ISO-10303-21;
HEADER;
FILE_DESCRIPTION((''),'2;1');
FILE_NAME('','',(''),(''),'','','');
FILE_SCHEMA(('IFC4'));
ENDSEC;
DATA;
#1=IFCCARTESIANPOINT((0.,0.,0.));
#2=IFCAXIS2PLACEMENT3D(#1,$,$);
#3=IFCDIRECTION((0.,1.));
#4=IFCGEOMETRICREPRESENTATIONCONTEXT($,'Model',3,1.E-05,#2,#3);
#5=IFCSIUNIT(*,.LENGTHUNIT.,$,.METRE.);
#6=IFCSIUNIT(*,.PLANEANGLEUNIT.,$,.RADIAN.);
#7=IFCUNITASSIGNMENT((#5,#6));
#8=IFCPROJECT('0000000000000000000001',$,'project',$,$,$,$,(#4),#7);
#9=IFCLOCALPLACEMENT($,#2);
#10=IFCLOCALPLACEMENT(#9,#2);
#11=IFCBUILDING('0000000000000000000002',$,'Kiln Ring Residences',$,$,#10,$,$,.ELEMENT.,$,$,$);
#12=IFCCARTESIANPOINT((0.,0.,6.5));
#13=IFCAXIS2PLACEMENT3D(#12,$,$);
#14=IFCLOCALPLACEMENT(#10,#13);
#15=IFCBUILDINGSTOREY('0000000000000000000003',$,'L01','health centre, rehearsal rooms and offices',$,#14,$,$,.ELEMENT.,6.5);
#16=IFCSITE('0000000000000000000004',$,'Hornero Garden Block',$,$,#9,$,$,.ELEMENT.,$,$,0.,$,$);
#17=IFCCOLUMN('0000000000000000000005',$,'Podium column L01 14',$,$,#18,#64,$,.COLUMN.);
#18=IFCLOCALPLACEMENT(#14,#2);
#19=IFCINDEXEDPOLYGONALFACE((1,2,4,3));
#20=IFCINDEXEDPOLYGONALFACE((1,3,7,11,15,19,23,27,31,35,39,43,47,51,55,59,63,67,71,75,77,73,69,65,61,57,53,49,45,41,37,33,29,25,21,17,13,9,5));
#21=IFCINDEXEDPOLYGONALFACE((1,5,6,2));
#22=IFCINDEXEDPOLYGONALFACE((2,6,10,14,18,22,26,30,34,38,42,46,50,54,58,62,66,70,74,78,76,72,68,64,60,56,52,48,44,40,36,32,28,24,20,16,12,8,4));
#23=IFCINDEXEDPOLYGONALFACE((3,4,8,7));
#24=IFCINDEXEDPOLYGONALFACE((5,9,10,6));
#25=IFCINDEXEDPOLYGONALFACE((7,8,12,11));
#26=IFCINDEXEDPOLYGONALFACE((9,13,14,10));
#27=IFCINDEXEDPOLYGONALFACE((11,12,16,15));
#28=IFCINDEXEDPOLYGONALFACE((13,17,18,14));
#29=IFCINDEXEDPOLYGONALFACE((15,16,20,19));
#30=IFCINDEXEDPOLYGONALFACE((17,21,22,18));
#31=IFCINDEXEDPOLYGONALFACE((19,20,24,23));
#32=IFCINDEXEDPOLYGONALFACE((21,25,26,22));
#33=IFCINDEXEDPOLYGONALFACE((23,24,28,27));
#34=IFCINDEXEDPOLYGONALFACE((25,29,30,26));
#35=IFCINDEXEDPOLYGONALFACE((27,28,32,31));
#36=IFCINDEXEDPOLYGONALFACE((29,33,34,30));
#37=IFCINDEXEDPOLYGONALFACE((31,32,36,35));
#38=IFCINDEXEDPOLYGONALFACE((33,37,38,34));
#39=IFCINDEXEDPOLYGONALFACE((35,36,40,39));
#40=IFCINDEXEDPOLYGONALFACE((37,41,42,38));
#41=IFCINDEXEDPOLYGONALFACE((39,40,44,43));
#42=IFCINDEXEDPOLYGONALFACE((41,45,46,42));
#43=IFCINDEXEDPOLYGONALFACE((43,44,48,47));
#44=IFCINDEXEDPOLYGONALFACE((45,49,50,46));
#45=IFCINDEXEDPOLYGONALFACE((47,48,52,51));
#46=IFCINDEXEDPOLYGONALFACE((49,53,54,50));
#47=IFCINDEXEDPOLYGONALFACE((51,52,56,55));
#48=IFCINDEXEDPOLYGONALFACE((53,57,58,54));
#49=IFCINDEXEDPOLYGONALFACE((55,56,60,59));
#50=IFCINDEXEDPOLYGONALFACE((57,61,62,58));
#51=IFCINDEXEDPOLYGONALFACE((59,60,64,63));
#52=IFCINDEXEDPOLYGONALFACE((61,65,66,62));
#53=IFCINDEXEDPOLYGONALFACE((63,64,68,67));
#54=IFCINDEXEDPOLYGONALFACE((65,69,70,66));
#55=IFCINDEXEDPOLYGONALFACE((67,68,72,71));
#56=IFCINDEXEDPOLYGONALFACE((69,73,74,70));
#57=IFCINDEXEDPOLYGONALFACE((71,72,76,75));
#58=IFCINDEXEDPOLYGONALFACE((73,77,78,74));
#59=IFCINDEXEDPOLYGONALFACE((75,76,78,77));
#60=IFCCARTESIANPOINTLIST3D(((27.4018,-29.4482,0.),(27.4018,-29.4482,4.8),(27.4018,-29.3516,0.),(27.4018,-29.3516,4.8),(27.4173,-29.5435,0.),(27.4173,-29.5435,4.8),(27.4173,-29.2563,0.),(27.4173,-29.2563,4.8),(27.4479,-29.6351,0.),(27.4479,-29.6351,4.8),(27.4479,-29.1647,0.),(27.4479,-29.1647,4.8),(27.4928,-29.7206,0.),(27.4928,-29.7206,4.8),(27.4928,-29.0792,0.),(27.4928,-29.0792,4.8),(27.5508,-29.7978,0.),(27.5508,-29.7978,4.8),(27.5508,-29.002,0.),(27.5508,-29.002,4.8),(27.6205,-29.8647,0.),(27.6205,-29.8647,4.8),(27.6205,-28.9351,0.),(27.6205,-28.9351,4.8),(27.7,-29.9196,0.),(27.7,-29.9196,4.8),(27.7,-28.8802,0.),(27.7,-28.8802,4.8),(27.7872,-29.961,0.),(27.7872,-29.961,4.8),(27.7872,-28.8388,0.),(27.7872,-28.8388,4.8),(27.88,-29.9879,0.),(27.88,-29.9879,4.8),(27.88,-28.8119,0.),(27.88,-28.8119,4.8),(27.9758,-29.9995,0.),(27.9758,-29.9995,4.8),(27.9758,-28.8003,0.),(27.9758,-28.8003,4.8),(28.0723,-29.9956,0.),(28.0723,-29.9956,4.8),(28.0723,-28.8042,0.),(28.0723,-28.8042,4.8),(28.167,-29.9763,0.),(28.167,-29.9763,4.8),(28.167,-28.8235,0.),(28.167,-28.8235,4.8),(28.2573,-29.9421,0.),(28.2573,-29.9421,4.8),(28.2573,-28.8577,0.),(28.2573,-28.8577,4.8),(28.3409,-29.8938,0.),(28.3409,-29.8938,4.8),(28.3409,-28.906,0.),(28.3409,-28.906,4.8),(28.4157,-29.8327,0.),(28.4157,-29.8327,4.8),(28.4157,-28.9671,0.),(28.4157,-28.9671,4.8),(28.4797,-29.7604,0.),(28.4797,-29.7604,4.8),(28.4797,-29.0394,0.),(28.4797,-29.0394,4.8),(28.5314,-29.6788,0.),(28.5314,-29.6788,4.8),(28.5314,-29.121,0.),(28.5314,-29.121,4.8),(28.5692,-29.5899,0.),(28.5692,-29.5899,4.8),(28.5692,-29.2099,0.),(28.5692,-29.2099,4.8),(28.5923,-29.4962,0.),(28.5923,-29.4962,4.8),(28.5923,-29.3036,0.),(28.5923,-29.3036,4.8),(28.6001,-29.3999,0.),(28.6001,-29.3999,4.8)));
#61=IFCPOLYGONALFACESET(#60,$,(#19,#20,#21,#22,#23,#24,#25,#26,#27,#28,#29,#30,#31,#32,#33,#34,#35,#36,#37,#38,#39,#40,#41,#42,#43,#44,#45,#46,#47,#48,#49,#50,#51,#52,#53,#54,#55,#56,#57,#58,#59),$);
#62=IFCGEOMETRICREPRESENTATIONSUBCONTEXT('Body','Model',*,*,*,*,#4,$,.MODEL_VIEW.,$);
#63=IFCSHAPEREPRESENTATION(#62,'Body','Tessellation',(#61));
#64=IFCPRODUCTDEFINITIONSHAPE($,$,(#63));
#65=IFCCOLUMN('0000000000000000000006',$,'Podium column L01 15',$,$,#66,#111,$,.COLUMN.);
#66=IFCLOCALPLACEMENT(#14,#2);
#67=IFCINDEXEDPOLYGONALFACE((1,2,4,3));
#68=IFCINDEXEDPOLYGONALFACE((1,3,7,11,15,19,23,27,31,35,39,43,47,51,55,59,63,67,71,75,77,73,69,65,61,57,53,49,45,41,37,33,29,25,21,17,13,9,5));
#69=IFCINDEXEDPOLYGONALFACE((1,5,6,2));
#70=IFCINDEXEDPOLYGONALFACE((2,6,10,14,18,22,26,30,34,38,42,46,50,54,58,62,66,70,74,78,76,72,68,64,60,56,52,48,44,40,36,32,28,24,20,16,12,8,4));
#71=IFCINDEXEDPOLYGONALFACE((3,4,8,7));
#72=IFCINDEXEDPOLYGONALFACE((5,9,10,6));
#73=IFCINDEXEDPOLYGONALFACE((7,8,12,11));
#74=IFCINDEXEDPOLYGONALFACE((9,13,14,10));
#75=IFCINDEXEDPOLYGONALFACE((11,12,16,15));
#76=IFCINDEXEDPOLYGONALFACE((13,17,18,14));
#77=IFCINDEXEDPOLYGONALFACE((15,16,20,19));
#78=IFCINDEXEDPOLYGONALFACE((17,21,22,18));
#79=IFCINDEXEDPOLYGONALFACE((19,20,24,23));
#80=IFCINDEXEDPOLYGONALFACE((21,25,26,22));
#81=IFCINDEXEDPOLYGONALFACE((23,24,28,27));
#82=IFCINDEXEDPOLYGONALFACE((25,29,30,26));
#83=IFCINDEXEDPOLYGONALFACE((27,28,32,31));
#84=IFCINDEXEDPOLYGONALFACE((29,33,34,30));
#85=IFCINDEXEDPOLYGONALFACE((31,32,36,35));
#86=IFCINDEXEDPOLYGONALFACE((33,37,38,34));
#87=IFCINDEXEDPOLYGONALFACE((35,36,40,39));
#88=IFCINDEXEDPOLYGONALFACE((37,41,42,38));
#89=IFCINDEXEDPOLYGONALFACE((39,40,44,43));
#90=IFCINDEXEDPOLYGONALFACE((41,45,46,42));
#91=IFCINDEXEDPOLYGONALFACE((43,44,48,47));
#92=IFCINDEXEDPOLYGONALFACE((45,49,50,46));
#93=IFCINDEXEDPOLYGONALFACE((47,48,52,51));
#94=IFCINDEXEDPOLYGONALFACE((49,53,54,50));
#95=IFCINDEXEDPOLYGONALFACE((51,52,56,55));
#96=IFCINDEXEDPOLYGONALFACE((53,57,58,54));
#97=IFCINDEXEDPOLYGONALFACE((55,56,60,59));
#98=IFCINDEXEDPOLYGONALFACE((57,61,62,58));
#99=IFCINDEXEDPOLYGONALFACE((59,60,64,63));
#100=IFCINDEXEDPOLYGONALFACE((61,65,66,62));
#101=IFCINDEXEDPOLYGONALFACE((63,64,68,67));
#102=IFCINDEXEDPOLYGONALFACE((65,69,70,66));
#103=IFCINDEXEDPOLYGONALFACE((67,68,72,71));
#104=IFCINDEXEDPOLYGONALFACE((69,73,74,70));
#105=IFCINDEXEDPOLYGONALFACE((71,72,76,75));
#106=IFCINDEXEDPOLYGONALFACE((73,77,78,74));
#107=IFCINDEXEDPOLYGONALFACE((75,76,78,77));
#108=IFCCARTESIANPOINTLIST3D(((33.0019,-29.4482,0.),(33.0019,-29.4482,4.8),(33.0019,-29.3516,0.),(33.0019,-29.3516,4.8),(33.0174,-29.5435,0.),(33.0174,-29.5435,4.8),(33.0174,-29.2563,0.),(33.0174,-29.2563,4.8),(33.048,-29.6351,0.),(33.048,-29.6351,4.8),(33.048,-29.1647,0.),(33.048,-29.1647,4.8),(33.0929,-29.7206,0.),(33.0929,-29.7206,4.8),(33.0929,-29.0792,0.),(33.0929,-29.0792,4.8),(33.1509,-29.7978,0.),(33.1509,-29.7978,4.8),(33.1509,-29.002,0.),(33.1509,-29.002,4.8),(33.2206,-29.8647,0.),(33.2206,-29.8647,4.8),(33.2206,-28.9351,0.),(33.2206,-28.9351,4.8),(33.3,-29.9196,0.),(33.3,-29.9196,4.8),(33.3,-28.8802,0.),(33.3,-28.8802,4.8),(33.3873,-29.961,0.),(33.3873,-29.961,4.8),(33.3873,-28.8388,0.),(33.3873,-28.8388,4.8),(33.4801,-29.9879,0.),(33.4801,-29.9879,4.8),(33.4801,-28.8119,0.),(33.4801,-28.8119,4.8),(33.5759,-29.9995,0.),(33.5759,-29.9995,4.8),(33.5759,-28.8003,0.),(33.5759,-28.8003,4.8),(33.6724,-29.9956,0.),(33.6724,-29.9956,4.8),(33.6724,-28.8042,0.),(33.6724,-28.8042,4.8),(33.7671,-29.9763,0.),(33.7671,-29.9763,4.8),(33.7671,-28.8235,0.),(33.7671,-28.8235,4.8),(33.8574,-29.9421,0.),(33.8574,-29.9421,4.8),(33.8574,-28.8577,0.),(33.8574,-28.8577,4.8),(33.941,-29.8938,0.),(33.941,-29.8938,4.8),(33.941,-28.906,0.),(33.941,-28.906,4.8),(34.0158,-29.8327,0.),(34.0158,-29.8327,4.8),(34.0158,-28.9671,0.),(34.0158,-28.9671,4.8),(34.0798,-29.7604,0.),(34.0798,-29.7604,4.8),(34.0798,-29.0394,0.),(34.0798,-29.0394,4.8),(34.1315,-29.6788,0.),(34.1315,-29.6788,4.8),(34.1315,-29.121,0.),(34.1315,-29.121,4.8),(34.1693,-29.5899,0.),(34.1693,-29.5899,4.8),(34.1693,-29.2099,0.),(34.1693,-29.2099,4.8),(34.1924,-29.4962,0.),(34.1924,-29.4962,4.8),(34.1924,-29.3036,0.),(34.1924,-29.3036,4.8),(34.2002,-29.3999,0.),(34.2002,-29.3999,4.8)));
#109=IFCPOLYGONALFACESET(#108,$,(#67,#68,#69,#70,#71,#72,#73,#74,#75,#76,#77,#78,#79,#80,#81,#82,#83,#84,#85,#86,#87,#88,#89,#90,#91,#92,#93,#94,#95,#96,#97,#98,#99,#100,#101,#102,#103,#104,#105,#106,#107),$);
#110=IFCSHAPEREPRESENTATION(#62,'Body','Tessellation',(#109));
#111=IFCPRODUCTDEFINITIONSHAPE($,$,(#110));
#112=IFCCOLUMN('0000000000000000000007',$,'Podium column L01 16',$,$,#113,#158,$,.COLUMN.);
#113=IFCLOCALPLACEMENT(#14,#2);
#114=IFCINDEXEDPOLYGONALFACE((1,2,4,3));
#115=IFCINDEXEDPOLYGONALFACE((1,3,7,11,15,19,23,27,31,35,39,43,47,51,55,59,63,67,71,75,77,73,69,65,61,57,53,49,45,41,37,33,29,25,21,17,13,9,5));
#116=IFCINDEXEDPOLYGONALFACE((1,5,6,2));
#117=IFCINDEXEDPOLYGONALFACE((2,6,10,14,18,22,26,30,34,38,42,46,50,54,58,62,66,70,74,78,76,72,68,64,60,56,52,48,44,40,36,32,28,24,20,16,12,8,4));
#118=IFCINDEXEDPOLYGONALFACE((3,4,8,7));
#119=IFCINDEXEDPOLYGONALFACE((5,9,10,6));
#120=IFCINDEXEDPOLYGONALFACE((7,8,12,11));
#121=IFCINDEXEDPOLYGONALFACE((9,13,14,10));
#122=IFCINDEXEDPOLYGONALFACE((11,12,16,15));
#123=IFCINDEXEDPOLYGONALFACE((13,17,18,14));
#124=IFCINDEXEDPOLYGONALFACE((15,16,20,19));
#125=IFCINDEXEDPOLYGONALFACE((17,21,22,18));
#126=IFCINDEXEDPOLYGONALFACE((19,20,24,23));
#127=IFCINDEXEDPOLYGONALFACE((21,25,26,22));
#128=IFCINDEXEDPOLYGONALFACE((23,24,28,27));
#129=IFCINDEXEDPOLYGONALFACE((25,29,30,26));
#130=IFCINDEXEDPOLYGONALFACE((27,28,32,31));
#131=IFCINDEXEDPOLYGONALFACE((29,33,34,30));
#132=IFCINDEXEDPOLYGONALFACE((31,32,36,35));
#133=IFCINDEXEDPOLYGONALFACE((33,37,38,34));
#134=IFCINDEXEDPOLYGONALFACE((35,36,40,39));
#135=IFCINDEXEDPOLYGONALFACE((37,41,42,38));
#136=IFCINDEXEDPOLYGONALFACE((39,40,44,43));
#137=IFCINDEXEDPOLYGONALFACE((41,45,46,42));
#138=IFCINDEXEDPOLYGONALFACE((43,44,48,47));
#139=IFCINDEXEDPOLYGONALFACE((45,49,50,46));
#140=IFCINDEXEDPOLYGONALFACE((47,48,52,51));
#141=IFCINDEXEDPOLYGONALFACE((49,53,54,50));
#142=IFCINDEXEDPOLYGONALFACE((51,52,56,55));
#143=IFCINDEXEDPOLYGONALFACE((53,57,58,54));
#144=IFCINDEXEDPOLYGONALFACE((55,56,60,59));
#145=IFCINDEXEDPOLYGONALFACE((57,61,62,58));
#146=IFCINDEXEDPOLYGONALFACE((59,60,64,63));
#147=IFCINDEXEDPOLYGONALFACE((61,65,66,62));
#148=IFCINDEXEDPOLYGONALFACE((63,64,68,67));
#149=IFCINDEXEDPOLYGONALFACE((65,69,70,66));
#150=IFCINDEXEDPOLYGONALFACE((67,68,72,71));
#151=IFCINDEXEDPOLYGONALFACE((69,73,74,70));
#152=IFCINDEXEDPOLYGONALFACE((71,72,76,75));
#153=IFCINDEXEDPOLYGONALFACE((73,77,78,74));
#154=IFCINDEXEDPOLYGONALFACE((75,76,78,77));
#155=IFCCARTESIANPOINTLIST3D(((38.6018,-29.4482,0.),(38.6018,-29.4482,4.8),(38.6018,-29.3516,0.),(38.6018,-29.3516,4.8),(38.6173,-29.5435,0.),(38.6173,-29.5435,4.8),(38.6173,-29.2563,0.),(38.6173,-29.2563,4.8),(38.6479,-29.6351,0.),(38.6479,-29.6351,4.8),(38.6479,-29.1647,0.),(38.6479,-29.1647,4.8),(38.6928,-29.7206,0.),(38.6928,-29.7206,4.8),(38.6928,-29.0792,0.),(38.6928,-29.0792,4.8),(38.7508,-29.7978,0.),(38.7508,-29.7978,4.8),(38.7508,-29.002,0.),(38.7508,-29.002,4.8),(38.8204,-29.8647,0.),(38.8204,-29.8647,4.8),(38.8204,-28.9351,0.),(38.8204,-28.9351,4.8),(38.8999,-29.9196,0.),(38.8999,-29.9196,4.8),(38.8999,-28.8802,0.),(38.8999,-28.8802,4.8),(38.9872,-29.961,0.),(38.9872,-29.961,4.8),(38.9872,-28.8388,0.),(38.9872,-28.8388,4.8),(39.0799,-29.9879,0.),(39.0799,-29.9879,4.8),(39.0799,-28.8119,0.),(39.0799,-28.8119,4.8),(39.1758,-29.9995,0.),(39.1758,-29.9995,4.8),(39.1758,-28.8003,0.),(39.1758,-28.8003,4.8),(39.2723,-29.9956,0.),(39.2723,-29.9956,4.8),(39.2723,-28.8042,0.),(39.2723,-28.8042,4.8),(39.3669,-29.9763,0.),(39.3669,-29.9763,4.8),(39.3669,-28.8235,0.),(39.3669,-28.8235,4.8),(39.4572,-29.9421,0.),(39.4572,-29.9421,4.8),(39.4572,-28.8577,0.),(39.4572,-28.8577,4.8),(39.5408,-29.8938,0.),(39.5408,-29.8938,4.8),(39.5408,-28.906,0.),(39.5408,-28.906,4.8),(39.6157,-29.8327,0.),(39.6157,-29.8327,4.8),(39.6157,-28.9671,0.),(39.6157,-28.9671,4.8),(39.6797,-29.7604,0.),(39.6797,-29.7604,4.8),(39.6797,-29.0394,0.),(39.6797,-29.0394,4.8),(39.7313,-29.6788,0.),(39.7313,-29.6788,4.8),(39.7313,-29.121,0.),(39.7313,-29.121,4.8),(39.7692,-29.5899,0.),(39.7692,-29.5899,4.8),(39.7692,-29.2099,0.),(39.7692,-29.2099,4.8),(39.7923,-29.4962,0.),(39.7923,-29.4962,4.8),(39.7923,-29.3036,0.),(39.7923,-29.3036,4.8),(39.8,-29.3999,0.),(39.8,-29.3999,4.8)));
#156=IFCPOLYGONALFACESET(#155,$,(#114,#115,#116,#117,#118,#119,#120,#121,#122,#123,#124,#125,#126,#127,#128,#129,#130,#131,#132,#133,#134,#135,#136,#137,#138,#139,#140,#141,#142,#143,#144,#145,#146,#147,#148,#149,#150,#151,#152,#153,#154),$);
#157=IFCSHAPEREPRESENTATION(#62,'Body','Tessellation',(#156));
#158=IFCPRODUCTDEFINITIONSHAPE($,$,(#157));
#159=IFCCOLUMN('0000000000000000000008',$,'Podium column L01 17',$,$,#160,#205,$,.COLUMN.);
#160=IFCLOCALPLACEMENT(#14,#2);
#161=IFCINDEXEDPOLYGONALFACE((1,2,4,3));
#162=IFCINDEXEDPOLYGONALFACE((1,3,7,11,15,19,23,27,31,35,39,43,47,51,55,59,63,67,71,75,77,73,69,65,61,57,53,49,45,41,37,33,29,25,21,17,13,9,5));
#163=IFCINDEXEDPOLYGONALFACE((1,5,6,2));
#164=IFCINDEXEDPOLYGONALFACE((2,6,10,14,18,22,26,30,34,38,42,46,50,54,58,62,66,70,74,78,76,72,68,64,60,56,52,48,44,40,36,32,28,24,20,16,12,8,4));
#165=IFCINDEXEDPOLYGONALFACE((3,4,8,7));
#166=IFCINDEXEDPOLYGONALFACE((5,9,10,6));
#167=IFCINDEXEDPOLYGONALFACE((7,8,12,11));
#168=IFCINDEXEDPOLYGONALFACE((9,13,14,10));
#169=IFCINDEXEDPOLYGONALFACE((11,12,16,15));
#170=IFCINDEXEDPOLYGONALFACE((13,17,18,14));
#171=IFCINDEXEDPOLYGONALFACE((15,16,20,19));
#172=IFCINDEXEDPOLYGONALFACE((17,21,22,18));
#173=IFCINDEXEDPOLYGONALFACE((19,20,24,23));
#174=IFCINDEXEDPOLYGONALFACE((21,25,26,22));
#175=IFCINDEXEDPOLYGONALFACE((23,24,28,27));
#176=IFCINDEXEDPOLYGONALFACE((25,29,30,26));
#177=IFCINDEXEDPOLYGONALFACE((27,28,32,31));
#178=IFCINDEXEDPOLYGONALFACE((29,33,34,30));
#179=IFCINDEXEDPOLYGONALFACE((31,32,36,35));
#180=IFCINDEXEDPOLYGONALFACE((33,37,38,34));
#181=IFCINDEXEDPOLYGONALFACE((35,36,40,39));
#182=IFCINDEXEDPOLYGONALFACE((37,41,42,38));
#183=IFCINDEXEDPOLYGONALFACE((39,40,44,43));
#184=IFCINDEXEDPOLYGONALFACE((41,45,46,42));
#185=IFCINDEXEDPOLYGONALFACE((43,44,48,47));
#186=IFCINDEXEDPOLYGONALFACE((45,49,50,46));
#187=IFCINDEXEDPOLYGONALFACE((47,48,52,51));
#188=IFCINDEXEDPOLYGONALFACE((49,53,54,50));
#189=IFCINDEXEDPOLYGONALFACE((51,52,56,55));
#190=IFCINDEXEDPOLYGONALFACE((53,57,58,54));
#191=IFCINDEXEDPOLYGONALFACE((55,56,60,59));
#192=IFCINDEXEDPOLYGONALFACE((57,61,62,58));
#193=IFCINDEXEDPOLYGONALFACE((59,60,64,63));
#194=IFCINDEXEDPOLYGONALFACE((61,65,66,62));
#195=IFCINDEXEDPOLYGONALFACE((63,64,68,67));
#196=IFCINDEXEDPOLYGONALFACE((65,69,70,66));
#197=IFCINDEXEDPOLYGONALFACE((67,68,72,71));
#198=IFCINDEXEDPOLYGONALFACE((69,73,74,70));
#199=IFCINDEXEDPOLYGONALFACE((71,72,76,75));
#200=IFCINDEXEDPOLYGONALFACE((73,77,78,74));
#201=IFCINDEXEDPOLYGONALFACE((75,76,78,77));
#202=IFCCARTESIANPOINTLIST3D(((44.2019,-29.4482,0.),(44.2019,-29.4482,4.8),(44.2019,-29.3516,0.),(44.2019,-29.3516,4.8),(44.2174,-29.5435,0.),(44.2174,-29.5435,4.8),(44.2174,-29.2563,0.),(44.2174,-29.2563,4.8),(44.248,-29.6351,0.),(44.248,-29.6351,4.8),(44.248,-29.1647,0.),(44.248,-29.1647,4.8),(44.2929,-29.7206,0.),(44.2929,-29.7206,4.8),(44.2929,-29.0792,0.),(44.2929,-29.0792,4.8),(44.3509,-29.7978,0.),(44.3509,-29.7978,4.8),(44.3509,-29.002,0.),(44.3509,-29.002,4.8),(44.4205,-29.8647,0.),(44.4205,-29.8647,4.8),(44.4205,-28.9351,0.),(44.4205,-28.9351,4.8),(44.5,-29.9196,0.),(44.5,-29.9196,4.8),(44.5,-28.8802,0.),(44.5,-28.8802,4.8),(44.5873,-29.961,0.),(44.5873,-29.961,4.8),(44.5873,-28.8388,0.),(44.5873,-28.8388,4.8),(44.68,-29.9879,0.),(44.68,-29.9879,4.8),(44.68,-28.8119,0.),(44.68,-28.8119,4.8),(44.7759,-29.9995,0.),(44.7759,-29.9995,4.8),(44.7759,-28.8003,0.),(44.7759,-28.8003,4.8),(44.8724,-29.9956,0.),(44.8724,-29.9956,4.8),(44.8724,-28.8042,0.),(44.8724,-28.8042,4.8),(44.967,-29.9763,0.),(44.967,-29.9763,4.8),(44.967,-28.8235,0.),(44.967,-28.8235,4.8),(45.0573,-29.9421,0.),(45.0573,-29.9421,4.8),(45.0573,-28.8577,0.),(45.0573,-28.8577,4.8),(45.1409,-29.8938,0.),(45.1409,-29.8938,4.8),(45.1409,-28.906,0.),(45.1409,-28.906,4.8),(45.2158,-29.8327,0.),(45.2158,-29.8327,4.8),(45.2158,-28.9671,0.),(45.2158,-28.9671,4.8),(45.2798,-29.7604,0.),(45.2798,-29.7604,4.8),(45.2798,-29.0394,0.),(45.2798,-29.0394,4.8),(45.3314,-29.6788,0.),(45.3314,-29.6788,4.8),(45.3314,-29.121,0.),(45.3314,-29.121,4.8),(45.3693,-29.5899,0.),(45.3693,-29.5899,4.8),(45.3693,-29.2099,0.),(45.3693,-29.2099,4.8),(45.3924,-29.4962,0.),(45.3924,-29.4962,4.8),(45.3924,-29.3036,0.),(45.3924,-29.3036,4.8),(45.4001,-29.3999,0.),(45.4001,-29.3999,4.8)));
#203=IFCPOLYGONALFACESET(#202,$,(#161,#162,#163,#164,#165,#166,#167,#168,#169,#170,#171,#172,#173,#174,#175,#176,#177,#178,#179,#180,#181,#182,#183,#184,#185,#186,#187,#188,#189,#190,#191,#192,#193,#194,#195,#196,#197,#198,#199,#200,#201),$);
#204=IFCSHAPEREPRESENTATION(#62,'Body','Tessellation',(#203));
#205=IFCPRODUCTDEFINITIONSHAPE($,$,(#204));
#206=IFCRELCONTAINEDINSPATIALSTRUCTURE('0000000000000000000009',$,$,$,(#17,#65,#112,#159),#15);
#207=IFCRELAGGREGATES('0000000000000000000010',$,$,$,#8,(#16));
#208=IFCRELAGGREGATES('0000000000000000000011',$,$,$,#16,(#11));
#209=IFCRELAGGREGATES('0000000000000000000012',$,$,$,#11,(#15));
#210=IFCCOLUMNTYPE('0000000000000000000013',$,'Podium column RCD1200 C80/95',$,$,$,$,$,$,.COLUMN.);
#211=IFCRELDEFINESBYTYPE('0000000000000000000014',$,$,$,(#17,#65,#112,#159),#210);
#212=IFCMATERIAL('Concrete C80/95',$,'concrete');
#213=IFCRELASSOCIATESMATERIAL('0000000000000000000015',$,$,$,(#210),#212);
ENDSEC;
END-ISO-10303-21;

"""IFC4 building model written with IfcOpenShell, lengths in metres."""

from ifc_helpers import new_model, si_unit, direction, frame, origin, origin_2d, place, context, subcontext, project, spatial, circle, extrude, material, material_profile, profile_set, type_object, element, save


model = new_model("IFC4")

# Units and contexts
model_context = context("Model", 3, precision=1e-05, world=origin(), true_north=direction((0.0, 1.0)))
body_context = subcontext(model_context, "Body", "Model", "MODEL_VIEW")
ifc_project = project(units=[si_unit("LENGTHUNIT", "METRE"), si_unit("PLANEANGLEUNIT", "RADIAN")], contexts=[model_context])

# Site, building, storey
site_placement = place(None, origin())
site = spatial("IfcSite", under=ifc_project, at=site_placement, Name="Hornero Garden Block", CompositionType="ELEMENT", RefElevation=0.0)
building_placement = place(site_placement, origin())
building = spatial("IfcBuilding", under=site, at=building_placement, Name="Kiln Ring Residences", CompositionType="ELEMENT")
storey_placement = place(building_placement, frame((0.0, 0.0, 6.5)))
storey = spatial("IfcBuildingStorey", under=building, at=storey_placement, Name="L01", Description="health centre, rehearsal rooms and offices", CompositionType="ELEMENT", Elevation=6.5)

# Columns
ifc_material_1 = material(Name="Concrete C80/95", Category="concrete")
ifc_material_profile_1 = material_profile(ifc_material_1, circle(Radius=0.6001, at=origin_2d()), Name="RCD1200")
ifc_profile_set_1 = profile_set([ifc_material_profile_1], Name="Concrete C80/95")
column_type = type_object("IfcColumnType", Name="Podium column RCD1200 C80/95", PredefinedType="COLUMN", material=ifc_profile_set_1)
for number, where, z_axis, x_axis, name in (
    (1, (28.0, -29.3999, 0.0), (0.0, 0.0, 1.0), (1.0, 0.0, 0.0), "Podium column L01 14"),
    (2, (33.6001, -29.3999, 0.0), (0.0, 0.0, 1.0), (1.0, 0.0, 0.0), "Podium column L01 15"),
    (3, (39.2, -29.3999, 0.0), (0.0, 0.0, 1.0), (1.0, 0.0, 0.0), "Podium column L01 16"),
    (4, (44.8, -29.3999, 0.0), (0.0, 0.0, 1.0), (1.0, 0.0, 0.0), "Podium column L01 17"),
):
    element("IfcColumn", number, at=place(storey_placement, frame(where, z_axis=z_axis, x_axis=x_axis)), inside=storey, type_object=column_type, Name=name, PredefinedType="COLUMN", context=body_context, shape_type="SweptSolid", body=[
        extrude(circle(Radius=0.6001, at=origin_2d()), origin(), (0.0, 0.0, 1.0), 4.8),
    ])

save(model, "model.ifc")
